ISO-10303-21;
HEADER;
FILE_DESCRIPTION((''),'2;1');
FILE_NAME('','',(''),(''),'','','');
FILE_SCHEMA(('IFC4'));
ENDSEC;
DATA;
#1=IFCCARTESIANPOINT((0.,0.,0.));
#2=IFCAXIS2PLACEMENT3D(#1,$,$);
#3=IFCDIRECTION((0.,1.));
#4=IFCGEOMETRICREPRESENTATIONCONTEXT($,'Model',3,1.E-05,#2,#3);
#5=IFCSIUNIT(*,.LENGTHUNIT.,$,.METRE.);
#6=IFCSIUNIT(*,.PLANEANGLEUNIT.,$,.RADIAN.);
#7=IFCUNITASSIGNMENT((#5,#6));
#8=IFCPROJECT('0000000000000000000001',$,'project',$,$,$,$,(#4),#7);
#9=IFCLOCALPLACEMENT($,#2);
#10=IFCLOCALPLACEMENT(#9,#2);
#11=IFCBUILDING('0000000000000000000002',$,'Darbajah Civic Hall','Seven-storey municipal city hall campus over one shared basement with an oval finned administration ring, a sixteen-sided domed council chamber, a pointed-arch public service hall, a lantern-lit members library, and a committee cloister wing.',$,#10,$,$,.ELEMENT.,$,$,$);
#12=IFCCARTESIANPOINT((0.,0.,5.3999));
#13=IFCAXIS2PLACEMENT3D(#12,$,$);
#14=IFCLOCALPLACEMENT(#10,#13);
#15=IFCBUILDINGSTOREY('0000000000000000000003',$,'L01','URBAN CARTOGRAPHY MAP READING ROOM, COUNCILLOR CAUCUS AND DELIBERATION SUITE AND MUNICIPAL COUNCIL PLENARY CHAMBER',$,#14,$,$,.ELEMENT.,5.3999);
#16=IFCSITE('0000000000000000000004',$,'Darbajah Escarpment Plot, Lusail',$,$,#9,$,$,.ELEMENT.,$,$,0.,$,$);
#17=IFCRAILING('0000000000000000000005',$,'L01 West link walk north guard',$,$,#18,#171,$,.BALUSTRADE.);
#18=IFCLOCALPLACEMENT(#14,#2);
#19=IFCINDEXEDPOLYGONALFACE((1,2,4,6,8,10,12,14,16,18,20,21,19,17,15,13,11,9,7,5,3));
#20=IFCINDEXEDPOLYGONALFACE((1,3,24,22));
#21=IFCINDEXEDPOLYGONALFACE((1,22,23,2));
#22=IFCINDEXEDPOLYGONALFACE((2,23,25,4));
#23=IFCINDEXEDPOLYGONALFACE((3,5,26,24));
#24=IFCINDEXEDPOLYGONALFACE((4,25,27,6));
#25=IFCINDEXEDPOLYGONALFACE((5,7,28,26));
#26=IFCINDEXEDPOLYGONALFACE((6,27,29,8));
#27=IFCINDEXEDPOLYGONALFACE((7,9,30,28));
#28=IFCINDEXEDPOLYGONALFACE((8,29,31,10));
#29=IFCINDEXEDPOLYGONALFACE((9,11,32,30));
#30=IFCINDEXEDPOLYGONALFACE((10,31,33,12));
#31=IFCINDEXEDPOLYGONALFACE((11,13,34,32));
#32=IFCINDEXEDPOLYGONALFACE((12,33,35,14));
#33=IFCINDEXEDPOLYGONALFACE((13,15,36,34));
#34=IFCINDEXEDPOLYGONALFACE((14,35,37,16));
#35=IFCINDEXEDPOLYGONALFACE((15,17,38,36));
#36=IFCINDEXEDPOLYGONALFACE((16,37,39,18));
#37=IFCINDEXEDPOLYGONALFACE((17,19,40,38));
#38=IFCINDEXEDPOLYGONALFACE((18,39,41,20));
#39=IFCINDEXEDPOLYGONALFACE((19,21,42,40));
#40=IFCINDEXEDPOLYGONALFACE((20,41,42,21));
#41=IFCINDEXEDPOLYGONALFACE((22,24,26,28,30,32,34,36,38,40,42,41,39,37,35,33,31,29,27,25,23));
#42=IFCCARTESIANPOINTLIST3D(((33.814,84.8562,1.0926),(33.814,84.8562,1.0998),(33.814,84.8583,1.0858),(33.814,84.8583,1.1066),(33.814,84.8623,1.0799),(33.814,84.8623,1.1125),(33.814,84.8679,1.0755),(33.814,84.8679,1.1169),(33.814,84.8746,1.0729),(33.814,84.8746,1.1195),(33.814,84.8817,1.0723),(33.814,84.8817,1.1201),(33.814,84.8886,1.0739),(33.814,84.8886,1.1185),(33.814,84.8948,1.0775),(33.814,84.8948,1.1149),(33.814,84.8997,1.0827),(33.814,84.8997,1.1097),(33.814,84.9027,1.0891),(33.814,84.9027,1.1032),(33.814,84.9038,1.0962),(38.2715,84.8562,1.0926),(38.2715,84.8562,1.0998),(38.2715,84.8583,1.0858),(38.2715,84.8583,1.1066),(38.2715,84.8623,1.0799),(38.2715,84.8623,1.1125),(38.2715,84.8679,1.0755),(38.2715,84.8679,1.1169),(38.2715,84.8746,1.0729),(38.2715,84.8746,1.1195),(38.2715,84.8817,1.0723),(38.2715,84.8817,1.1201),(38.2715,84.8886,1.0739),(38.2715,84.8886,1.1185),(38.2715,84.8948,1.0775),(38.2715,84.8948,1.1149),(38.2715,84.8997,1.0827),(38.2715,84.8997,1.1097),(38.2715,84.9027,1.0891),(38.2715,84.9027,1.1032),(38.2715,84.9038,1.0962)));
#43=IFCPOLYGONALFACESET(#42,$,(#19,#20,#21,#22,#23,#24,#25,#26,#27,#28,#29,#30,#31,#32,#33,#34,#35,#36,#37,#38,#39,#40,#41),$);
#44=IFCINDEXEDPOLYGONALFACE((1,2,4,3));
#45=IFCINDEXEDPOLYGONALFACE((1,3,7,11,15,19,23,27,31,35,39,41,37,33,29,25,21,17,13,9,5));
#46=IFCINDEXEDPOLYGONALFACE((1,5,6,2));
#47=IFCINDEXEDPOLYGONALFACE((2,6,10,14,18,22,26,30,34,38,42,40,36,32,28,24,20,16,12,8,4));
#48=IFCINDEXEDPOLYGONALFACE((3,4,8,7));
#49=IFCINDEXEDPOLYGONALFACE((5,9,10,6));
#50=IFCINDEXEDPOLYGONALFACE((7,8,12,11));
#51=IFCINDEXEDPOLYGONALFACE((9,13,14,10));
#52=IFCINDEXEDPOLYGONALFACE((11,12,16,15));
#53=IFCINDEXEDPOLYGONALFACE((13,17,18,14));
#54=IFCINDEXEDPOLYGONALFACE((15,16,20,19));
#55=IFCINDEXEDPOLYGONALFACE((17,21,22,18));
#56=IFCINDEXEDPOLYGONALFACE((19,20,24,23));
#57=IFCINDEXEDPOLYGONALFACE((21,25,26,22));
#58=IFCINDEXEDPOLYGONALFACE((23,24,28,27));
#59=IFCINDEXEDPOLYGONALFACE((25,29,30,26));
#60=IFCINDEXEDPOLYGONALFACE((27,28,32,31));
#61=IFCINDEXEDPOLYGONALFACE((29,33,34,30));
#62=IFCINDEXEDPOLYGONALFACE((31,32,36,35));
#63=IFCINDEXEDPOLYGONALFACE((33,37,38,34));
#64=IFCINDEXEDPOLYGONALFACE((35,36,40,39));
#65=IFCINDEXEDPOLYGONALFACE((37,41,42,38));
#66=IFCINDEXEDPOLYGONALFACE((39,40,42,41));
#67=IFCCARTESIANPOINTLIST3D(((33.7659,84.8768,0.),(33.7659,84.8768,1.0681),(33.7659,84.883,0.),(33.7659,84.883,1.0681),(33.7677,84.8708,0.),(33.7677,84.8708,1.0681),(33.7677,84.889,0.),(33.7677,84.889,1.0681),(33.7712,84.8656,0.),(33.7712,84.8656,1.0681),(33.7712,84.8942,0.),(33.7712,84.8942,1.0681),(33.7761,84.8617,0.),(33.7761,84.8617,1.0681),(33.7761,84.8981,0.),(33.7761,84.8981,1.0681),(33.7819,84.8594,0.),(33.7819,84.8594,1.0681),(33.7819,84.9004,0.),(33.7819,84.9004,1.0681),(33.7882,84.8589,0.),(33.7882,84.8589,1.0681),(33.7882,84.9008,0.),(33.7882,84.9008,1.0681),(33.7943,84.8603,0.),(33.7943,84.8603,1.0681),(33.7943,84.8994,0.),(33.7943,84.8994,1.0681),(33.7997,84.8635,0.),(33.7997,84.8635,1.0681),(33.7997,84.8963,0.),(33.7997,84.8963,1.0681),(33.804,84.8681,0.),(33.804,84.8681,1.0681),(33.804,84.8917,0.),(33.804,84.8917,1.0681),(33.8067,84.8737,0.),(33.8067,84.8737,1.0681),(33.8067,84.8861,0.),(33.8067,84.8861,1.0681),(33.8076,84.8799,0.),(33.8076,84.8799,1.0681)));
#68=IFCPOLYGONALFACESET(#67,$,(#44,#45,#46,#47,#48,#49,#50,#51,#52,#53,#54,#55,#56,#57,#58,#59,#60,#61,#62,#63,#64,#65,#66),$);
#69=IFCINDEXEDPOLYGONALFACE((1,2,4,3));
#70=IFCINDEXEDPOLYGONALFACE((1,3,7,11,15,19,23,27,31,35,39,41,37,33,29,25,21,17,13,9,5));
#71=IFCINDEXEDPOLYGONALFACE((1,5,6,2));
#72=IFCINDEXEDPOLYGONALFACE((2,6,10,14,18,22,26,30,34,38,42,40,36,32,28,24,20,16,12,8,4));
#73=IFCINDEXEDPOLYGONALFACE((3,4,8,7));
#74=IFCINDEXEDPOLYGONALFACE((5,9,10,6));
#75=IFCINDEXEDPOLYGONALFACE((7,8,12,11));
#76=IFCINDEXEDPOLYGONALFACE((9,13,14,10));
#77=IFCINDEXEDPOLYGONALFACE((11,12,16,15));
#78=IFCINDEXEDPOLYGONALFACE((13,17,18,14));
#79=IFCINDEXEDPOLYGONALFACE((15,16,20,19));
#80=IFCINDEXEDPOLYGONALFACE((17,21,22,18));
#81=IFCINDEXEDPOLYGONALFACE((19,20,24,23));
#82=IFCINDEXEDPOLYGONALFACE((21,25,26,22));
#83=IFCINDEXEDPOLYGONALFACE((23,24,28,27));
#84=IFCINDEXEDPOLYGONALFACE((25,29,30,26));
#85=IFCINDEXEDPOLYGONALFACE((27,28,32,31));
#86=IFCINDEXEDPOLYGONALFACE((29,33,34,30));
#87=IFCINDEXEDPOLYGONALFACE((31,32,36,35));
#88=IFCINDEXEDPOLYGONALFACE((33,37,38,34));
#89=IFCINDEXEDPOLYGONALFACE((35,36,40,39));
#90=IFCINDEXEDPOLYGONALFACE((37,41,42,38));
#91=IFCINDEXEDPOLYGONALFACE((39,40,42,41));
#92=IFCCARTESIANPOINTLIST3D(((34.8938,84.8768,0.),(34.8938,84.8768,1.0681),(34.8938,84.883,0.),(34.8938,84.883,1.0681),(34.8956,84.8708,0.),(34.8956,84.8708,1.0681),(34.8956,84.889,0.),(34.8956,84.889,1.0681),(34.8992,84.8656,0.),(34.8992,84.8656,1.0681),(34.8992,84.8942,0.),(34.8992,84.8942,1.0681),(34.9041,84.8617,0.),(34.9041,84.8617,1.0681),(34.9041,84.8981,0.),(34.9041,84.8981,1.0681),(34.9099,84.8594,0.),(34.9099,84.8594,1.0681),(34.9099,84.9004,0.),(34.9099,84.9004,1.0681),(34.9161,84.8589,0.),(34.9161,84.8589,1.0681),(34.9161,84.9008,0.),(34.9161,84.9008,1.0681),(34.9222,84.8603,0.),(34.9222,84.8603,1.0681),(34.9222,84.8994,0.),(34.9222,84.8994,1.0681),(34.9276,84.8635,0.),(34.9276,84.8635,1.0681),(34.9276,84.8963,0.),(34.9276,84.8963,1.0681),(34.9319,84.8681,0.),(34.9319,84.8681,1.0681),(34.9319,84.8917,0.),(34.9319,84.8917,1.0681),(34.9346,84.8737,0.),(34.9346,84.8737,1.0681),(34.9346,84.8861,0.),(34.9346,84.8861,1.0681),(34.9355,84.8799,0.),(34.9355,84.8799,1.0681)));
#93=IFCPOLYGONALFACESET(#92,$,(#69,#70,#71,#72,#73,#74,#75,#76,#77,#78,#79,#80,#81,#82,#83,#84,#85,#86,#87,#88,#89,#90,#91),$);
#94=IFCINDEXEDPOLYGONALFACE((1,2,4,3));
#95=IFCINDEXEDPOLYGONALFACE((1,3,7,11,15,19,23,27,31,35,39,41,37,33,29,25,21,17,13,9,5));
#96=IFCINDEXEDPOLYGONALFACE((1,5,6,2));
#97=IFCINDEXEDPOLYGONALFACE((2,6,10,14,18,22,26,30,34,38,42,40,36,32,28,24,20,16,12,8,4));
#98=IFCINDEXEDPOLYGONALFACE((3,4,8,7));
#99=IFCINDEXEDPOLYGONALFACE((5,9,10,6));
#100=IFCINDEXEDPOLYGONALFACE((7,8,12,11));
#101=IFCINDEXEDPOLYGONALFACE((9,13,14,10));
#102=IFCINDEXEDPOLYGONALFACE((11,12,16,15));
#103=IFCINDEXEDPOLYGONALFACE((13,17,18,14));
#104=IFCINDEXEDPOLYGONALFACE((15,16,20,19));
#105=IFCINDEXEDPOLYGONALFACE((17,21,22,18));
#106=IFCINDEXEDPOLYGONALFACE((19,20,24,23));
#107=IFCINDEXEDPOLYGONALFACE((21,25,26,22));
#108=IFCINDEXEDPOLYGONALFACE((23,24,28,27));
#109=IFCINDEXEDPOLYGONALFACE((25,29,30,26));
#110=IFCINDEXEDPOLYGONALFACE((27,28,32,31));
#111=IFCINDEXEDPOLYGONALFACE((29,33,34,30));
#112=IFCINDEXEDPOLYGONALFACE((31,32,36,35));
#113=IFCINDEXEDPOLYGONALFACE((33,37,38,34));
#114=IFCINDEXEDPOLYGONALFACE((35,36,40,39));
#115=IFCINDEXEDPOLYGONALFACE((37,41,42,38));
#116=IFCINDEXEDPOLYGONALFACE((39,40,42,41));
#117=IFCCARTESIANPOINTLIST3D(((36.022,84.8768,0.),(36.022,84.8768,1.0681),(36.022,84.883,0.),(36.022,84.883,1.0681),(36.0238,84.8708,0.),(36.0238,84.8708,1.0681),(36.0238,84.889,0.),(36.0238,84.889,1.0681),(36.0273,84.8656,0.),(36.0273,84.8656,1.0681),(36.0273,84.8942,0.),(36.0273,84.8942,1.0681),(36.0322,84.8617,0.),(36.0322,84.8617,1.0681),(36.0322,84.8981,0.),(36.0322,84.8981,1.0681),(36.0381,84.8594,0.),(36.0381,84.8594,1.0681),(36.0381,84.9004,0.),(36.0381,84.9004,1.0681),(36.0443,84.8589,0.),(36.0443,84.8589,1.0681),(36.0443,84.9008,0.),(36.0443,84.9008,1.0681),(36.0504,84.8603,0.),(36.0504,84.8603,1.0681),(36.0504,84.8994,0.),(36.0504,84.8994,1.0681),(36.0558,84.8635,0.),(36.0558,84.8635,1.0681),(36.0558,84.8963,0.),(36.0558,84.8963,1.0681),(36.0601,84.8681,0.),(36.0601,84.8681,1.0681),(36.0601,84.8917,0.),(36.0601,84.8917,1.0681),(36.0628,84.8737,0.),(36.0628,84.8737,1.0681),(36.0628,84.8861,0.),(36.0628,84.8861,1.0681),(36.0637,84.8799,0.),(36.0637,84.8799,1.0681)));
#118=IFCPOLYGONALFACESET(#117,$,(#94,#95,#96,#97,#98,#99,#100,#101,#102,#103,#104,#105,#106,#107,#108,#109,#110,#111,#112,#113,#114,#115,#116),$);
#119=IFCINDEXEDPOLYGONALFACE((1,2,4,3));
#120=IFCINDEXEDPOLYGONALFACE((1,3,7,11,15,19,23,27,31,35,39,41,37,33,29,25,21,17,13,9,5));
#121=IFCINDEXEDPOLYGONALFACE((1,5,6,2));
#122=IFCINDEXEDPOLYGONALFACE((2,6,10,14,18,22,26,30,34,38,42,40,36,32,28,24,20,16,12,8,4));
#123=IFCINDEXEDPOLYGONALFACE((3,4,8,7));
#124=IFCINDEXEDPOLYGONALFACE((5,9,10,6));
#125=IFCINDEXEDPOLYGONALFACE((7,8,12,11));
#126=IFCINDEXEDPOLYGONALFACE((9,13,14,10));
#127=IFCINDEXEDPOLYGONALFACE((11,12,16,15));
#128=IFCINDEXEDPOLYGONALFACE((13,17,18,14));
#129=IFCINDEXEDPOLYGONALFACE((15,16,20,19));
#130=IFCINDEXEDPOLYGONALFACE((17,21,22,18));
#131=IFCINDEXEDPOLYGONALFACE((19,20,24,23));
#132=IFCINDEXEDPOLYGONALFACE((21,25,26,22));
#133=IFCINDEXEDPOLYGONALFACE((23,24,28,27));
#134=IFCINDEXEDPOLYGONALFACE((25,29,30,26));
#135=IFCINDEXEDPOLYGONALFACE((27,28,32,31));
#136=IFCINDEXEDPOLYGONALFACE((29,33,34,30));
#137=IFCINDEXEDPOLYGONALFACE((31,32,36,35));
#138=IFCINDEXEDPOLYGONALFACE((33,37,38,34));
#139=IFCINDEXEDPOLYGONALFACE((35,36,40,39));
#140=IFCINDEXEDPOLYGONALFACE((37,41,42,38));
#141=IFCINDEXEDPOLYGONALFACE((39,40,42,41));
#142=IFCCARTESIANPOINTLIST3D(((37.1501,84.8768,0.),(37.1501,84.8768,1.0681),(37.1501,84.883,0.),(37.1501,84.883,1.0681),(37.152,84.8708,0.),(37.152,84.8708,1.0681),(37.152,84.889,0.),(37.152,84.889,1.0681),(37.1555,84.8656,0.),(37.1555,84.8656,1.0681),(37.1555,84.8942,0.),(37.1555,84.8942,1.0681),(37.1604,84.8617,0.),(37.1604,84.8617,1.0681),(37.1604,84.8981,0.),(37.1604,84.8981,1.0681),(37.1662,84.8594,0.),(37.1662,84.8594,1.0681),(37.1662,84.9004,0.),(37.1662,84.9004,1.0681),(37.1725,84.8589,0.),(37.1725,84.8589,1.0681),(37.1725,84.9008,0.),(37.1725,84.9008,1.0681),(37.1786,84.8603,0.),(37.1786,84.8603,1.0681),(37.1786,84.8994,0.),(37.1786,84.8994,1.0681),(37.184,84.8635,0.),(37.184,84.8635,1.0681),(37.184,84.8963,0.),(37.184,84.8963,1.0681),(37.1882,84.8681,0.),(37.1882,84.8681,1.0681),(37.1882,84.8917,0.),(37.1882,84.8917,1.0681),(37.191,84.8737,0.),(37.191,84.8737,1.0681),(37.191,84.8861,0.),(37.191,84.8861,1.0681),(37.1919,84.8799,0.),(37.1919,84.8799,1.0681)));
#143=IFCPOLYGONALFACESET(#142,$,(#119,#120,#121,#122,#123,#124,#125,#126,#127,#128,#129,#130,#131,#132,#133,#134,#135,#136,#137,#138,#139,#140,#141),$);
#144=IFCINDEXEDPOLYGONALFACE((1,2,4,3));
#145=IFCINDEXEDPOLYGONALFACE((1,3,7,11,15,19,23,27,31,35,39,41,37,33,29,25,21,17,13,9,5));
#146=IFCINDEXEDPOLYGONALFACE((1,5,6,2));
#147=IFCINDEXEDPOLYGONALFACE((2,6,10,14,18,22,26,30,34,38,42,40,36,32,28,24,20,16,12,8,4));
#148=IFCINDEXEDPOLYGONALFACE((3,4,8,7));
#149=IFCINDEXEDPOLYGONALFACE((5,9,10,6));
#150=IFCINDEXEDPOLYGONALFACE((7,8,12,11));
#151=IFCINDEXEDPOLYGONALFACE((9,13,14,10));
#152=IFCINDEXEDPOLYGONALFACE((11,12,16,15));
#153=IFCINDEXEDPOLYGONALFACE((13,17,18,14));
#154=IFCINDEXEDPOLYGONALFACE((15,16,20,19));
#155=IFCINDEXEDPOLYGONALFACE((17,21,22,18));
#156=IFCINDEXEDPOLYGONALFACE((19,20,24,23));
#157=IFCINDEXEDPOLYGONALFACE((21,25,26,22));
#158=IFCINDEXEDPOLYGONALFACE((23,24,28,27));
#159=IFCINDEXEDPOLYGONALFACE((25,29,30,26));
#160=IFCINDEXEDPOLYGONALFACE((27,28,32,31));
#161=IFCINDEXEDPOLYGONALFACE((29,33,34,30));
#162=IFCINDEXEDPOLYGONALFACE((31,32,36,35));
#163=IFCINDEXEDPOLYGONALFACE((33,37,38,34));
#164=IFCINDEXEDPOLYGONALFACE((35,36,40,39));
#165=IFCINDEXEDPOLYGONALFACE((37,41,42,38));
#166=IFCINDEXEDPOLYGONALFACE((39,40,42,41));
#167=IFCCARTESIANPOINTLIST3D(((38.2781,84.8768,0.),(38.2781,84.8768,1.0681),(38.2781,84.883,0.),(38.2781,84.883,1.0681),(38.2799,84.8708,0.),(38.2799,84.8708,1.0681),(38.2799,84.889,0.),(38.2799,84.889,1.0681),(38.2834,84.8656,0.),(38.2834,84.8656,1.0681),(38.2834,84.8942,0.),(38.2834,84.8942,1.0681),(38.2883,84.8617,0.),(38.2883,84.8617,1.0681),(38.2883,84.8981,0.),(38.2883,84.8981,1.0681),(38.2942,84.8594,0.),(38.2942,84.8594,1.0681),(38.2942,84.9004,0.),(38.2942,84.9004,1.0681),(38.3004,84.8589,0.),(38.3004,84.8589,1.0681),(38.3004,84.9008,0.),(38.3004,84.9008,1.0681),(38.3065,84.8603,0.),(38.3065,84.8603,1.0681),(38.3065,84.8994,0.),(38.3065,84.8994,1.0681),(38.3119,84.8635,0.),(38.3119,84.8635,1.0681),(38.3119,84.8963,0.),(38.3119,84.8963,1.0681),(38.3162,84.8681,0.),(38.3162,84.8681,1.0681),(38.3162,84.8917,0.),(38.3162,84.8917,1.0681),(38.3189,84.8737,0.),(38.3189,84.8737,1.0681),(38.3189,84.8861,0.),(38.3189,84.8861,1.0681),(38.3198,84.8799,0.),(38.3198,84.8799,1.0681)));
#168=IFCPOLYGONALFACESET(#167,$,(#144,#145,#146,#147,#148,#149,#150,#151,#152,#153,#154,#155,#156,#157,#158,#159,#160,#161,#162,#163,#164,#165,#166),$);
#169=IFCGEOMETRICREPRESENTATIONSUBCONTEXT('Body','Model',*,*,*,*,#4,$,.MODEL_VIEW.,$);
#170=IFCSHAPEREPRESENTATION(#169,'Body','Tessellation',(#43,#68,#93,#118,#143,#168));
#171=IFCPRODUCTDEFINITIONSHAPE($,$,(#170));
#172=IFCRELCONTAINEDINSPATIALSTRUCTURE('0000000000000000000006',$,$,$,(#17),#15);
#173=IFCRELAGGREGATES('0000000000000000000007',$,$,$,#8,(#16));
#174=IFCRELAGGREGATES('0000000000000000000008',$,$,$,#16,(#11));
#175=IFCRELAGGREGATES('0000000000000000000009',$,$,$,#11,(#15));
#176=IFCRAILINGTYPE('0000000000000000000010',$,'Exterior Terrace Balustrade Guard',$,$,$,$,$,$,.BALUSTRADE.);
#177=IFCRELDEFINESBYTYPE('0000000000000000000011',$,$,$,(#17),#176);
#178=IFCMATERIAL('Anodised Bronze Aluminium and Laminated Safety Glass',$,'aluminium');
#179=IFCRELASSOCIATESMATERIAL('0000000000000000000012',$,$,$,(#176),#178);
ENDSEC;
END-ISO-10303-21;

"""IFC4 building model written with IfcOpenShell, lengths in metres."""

from ifc_helpers import new_model, si_unit, direction, frame, origin, origin_2d, place, context, subcontext, project, spatial, circle, extrude, material, type_object, element, save


model = new_model("IFC4")

# Units and contexts
model_context = context("Model", 3, precision=1e-05, world=origin(), true_north=direction((0.0, 1.0)))
body_context = subcontext(model_context, "Body", "Model", "MODEL_VIEW")
ifc_project = project(units=[si_unit("LENGTHUNIT", "METRE"), si_unit("PLANEANGLEUNIT", "RADIAN")], contexts=[model_context])

# Site, building, storey
site_placement = place(None, origin())
site = spatial("IfcSite", under=ifc_project, at=site_placement, Name="Darbajah Escarpment Plot, Lusail", CompositionType="ELEMENT", RefElevation=0.0)
building_placement = place(site_placement, origin())
building = spatial("IfcBuilding", under=site, at=building_placement, Name="Darbajah Civic Hall", Description="Seven-storey municipal city hall campus over one shared basement with an oval finned administration ring, a sixteen-sided domed council chamber, a pointed-arch public service hall, a lantern-lit members library, and a committee cloister wing.", CompositionType="ELEMENT")
storey_placement = place(building_placement, frame((0.0, 0.0, 5.3999)))
storey = spatial("IfcBuildingStorey", under=building, at=storey_placement, Name="L01", Description="URBAN CARTOGRAPHY MAP READING ROOM, COUNCILLOR CAUCUS AND DELIBERATION SUITE AND MUNICIPAL COUNCIL PLENARY CHAMBER", CompositionType="ELEMENT", Elevation=5.3999)

# Railing
ifc_material_1 = material(Name="Anodised Bronze Aluminium and Laminated Safety Glass", Category="aluminium")
railing_type = type_object("IfcRailingType", Name="Exterior Terrace Balustrade Guard", PredefinedType="BALUSTRADE", material=ifc_material_1)
railing_1_placement = place(storey_placement, frame((33.7866, 84.8799, 0.0)))
element("IfcRailing", 1, at=railing_1_placement, inside=storey, type_object=railing_type, Name="L01 West link walk north guard", PredefinedType="BALUSTRADE", context=body_context, shape_type="SweptSolid", body=[
    extrude(circle(Radius=0.0239, at=origin_2d()), frame((0.0273, 0.0, 1.0962), z_axis=(1.0, 0.0, 0.0), x_axis=(0.0, 1.0, 0.0)), (0.0, 0.0, 1.0), 4.4575),
    extrude(circle(Radius=0.021, at=origin_2d()), origin(), (0.0, 0.0, 1.0), 1.0681),
    extrude(circle(Radius=0.021, at=origin_2d()), frame((1.1279, 0.0, 0.0)), (0.0, 0.0, 1.0), 1.0681),
    extrude(circle(Radius=0.021, at=origin_2d()), frame((2.2561, 0.0, 0.0)), (0.0, 0.0, 1.0), 1.0681),
    extrude(circle(Radius=0.021, at=origin_2d()), frame((3.3843, 0.0, 0.0)), (0.0, 0.0, 1.0), 1.0681),
    extrude(circle(Radius=0.021, at=origin_2d()), frame((4.5122, 0.0, 0.0)), (0.0, 0.0, 1.0), 1.0681),
])

save(model, "model.ifc")
